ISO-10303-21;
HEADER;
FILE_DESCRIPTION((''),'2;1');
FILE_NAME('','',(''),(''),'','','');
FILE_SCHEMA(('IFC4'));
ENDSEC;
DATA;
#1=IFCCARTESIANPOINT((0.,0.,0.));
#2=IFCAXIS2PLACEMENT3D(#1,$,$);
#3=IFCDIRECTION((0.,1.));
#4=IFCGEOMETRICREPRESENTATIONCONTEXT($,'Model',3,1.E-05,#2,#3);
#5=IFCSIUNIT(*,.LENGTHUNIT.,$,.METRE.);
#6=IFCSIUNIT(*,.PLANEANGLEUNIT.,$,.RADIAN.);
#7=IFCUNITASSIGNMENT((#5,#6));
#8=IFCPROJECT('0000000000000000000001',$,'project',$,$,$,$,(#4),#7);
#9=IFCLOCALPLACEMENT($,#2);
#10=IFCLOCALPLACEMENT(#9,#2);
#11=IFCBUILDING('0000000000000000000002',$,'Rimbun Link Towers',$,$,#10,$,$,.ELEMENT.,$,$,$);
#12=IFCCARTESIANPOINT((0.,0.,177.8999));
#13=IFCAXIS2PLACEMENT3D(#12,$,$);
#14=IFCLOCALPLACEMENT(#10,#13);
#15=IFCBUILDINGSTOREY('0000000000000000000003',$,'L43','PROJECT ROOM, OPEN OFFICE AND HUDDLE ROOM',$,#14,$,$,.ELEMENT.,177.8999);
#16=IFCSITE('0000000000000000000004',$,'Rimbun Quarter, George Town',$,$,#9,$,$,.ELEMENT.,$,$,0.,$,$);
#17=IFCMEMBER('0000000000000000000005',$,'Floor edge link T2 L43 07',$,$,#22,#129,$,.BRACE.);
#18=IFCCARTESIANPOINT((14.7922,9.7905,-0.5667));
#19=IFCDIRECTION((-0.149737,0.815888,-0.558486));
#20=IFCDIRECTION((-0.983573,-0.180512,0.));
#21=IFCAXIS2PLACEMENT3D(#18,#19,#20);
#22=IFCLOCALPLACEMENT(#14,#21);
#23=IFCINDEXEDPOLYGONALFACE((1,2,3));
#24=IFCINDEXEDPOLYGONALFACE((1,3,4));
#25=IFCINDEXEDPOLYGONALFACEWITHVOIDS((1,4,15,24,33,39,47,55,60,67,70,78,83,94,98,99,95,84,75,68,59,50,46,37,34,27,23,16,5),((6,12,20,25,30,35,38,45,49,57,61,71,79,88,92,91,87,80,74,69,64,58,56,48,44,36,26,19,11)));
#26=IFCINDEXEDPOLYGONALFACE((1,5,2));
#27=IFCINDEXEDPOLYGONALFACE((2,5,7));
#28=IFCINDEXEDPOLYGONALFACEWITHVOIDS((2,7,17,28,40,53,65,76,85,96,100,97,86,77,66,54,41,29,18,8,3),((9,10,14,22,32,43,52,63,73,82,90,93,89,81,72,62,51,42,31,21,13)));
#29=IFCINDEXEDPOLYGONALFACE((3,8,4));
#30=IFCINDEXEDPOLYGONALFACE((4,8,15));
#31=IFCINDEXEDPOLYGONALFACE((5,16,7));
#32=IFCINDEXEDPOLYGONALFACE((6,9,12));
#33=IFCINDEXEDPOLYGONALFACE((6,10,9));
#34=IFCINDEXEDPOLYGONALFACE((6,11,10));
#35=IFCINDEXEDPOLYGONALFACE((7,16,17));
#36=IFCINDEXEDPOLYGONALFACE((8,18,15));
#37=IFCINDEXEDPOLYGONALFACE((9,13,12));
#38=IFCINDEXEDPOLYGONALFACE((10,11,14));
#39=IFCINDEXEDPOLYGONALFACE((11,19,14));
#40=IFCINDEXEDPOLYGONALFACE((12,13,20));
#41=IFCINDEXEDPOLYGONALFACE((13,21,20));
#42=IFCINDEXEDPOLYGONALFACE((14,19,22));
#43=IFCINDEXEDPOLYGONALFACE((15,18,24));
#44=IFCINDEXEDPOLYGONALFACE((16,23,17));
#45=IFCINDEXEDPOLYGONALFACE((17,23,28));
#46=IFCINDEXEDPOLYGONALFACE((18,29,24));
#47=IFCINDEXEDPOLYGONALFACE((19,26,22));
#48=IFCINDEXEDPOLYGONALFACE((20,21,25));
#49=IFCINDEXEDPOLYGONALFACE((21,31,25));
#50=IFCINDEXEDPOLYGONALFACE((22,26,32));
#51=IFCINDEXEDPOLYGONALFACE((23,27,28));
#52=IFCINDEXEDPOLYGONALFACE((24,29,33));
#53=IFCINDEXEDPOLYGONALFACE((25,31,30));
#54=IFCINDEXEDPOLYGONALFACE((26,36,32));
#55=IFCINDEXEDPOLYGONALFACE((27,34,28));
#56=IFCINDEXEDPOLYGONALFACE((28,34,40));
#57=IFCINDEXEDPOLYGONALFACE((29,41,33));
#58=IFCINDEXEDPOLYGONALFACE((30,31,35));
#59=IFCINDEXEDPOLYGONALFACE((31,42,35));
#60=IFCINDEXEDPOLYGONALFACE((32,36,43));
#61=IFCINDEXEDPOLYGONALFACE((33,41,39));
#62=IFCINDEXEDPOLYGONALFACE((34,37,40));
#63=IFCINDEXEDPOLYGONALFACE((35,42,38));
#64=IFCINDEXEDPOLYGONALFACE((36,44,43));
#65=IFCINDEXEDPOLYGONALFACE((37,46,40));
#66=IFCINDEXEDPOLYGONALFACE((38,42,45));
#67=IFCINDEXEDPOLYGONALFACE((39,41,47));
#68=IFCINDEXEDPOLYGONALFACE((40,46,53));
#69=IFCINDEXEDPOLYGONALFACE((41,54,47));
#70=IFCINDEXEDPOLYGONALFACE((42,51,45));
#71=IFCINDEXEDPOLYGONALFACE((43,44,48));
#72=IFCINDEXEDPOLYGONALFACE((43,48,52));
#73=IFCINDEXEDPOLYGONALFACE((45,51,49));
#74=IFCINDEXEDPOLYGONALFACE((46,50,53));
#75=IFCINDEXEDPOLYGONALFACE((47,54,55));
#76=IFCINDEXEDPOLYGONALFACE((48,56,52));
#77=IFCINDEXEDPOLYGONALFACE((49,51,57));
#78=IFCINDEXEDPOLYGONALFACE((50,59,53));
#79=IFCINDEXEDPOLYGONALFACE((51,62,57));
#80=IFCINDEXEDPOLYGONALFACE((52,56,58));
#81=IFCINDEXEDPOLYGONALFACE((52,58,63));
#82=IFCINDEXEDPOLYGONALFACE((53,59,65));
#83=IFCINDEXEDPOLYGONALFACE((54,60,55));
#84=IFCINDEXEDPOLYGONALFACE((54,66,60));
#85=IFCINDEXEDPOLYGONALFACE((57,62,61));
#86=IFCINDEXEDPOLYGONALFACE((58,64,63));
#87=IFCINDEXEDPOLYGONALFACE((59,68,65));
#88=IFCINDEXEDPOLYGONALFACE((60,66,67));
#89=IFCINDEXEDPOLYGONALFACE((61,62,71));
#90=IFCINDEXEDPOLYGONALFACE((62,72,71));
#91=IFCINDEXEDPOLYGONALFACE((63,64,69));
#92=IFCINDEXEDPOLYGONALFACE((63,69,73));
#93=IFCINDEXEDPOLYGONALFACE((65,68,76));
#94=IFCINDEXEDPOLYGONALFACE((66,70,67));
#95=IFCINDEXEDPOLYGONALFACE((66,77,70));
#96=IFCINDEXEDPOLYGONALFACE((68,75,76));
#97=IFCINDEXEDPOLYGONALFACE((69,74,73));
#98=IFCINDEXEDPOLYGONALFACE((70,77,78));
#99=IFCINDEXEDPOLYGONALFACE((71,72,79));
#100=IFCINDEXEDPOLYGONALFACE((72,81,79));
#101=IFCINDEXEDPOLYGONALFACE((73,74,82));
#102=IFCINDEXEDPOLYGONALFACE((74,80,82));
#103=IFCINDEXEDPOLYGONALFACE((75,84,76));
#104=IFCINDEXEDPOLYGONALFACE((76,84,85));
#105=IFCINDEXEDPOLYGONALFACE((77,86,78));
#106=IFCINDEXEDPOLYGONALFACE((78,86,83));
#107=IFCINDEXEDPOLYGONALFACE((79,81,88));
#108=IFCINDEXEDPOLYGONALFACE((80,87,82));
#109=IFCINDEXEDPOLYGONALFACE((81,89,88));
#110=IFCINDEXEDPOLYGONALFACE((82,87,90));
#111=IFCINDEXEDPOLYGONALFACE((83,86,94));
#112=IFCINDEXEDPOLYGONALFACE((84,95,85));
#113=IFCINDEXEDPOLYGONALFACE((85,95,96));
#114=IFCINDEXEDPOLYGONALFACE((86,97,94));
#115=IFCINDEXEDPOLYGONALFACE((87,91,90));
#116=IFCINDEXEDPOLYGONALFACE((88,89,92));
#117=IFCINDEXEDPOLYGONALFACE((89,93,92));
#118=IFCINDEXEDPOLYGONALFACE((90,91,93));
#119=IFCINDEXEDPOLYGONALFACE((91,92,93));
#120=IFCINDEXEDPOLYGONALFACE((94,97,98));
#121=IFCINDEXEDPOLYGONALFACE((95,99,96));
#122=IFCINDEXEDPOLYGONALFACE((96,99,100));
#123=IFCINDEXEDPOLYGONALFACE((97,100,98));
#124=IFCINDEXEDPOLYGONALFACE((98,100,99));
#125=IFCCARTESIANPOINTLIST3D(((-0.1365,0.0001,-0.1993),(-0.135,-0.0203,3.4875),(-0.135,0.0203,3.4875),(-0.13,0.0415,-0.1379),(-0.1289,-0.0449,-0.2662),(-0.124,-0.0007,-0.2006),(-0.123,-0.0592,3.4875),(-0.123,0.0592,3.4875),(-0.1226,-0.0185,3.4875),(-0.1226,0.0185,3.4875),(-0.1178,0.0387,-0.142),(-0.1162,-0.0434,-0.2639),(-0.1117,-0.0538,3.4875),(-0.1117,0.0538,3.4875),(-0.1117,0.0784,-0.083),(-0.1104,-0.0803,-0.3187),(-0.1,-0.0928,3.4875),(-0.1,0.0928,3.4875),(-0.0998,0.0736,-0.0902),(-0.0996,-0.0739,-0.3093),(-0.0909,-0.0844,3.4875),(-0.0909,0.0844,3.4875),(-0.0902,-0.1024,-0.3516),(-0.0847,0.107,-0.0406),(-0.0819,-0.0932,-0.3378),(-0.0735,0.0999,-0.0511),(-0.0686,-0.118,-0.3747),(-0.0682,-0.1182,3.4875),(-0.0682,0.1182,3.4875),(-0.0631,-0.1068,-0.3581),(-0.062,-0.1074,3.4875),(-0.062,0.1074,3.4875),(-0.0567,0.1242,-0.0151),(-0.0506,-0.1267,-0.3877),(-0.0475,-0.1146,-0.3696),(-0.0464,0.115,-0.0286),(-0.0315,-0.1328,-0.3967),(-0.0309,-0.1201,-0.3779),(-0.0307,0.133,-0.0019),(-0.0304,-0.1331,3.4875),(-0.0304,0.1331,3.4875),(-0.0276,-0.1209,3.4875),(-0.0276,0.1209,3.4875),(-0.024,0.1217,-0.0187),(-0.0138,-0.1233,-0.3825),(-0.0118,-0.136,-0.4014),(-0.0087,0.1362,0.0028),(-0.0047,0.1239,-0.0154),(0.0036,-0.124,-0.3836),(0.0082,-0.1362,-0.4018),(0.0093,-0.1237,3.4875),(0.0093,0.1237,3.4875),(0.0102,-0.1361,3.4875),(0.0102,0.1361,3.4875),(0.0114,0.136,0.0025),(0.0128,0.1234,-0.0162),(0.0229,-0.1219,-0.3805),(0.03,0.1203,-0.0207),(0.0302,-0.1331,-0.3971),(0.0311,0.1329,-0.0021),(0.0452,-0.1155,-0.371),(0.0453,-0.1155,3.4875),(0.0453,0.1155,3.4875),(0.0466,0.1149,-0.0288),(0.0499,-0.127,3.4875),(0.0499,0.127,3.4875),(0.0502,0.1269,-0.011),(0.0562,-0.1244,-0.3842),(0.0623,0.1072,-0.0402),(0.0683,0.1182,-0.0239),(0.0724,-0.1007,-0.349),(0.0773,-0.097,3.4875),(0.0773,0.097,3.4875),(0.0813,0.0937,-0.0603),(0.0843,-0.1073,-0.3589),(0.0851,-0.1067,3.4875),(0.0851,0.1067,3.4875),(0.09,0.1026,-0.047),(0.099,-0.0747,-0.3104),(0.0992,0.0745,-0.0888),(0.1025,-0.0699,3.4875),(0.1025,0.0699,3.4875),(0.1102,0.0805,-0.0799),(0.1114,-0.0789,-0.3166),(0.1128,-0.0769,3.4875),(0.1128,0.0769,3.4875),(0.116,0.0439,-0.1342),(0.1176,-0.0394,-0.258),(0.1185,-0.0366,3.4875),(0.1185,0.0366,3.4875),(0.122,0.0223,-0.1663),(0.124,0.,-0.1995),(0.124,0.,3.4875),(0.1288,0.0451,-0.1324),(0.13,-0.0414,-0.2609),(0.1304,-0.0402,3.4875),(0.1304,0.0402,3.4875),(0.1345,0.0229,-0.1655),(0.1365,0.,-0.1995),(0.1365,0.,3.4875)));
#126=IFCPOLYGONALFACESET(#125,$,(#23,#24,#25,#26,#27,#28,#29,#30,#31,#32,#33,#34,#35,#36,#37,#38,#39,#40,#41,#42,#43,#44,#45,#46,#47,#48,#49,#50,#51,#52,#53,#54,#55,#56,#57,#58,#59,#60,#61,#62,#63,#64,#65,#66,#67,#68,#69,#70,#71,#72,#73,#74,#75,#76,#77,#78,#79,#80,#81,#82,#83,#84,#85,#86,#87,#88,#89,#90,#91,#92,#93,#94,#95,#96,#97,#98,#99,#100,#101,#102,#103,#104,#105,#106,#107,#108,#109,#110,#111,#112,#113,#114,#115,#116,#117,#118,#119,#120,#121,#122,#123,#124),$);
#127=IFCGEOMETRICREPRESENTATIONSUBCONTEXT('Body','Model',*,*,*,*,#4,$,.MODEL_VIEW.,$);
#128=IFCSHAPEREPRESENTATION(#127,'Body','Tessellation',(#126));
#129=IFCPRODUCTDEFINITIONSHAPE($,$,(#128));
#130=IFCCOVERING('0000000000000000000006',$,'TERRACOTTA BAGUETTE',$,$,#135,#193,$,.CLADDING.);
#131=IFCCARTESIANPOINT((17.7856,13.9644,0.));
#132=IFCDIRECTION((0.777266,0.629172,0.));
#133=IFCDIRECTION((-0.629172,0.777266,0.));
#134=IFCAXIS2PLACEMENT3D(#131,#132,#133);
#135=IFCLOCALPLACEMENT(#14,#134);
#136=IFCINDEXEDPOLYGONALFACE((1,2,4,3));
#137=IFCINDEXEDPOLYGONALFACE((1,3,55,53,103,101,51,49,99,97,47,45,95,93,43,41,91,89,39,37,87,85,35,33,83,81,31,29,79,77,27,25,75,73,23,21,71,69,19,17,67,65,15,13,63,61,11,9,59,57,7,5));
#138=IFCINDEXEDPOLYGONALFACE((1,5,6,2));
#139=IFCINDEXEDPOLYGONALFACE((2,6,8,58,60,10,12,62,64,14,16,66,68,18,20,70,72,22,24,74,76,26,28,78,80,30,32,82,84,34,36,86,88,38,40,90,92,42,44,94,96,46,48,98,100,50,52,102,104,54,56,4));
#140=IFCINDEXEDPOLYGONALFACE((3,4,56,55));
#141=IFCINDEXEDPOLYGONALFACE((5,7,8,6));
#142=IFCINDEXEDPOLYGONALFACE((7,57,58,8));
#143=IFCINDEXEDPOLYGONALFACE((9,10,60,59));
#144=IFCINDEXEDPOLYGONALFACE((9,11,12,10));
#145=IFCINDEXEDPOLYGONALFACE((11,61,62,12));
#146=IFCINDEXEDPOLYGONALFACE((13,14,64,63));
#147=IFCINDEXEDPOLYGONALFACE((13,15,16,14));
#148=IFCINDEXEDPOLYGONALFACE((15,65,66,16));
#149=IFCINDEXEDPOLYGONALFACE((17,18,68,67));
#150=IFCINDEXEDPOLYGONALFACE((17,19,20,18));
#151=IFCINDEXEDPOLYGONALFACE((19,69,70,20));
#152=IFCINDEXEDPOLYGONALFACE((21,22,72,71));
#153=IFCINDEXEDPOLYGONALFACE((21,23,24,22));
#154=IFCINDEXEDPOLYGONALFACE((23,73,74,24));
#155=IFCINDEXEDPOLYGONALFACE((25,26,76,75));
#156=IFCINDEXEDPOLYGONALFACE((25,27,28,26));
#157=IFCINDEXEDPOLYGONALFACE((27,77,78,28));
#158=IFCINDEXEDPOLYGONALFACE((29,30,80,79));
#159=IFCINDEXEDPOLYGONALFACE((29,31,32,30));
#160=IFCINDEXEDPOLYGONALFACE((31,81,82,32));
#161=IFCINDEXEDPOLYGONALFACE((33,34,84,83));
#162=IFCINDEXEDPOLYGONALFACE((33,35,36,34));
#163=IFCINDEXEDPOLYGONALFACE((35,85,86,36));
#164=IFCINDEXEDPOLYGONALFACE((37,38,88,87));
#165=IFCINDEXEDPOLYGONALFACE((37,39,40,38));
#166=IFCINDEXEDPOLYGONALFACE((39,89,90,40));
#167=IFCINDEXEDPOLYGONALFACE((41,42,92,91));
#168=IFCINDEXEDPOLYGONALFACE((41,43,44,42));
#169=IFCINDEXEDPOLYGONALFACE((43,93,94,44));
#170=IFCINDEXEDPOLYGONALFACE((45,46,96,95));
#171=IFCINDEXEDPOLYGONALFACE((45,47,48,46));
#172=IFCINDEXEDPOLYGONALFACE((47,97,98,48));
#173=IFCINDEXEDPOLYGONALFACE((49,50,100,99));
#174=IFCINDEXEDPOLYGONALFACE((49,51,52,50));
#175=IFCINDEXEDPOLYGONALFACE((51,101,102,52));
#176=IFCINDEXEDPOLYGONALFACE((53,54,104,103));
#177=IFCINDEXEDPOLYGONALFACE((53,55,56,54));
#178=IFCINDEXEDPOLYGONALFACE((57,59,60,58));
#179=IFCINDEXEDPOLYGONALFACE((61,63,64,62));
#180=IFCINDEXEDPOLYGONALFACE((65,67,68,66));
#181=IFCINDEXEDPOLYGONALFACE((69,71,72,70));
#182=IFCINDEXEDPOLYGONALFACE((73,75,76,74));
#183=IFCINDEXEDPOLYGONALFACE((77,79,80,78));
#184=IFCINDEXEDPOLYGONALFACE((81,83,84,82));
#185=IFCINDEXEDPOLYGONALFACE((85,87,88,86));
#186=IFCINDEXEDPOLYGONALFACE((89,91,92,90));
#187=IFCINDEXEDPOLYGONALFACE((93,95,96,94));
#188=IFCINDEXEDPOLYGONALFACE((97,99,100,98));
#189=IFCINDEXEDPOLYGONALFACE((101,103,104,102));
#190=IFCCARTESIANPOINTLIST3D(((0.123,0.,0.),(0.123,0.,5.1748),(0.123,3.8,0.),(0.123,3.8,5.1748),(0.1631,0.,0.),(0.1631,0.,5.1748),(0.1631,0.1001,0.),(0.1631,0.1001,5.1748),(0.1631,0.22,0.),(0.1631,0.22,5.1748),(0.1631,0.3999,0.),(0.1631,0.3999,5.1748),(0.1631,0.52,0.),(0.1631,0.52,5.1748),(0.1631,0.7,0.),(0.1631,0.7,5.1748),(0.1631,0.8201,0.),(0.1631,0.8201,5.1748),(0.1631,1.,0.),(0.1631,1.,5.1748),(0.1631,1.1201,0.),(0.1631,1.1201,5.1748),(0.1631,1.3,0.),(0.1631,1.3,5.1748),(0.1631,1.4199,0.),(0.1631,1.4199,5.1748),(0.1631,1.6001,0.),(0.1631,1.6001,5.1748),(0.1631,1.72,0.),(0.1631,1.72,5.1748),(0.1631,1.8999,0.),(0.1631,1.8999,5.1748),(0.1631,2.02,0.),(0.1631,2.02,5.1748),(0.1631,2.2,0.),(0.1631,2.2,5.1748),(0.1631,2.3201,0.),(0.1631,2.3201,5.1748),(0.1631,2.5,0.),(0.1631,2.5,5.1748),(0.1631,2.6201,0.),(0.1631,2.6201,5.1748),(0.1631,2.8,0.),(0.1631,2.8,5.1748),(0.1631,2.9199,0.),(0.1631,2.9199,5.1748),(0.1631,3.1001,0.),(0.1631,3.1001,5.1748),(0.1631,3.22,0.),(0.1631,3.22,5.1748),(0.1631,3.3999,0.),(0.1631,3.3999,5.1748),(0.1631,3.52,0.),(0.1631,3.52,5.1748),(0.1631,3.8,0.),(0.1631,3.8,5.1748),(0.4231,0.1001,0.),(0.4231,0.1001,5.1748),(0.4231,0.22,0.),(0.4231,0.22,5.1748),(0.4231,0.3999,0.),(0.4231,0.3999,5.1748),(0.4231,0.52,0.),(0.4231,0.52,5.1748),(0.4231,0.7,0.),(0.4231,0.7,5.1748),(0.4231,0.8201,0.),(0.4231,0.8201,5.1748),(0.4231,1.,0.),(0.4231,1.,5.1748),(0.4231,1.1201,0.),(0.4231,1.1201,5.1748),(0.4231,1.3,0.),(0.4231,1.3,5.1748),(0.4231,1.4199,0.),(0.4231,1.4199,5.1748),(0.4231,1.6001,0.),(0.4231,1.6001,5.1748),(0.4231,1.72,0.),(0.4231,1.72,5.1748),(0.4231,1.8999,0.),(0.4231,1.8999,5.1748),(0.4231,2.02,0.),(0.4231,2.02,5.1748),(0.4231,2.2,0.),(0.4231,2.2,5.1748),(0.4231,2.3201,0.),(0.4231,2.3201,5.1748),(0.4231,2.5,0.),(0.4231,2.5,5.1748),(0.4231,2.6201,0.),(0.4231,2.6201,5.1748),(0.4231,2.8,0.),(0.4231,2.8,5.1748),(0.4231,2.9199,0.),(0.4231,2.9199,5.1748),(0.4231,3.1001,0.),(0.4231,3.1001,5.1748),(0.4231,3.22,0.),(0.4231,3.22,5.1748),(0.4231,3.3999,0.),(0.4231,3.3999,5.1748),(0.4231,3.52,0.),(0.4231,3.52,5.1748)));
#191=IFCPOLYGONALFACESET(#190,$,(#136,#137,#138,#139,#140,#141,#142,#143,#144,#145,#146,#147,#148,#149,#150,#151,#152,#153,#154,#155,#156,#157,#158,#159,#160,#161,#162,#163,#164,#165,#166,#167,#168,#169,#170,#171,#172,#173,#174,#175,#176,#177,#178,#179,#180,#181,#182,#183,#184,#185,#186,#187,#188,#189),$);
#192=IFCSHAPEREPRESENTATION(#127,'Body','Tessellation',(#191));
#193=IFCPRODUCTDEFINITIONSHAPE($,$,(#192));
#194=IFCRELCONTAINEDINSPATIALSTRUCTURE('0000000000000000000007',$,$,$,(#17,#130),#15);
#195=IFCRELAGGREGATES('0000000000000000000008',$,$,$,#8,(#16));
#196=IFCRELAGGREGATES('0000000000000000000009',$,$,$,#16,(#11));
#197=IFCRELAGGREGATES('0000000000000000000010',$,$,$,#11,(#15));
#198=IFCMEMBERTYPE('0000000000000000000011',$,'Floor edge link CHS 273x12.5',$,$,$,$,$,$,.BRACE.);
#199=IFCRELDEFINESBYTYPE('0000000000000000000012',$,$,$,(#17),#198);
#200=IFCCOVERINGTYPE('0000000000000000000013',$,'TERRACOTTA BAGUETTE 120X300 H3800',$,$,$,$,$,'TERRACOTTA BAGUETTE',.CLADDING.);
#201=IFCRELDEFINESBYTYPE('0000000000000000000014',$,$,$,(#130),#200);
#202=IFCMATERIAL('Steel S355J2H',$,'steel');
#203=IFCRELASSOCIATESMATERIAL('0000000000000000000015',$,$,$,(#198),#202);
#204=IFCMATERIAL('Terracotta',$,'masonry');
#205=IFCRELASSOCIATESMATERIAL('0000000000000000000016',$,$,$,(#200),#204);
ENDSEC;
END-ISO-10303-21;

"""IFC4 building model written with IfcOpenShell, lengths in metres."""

from ifc_helpers import new_model, si_unit, direction, frame, origin, origin_2d, place, context, subcontext, project, spatial, polyline, hollow_circle, outline, extrude, clip, halfspace, material, material_profile, profile_set, type_object, element, save


model = new_model("IFC4")

# Units and contexts
model_context = context("Model", 3, precision=1e-05, world=origin(), true_north=direction((0.0, 1.0)))
body_context = subcontext(model_context, "Body", "Model", "MODEL_VIEW")
ifc_project = project(units=[si_unit("LENGTHUNIT", "METRE"), si_unit("PLANEANGLEUNIT", "RADIAN")], contexts=[model_context])

# Site, building, storey
site_placement = place(None, origin())
site = spatial("IfcSite", under=ifc_project, at=site_placement, Name="Rimbun Quarter, George Town", CompositionType="ELEMENT", RefElevation=0.0)
building_placement = place(site_placement, origin())
building = spatial("IfcBuilding", under=site, at=building_placement, Name="Rimbun Link Towers", CompositionType="ELEMENT")
storey_placement = place(building_placement, frame((0.0, 0.0, 177.8999)))
storey = spatial("IfcBuildingStorey", under=building, at=storey_placement, Name="L43", Description="PROJECT ROOM, OPEN OFFICE AND HUDDLE ROOM", CompositionType="ELEMENT", Elevation=177.8999)

# Member
ifc_material_1 = material(Name="Steel S355J2H", Category="steel")
ifc_material_profile_1 = material_profile(ifc_material_1, hollow_circle(Radius=0.1365, WallThickness=0.0125, at=origin_2d()), Name="CHS 273x12.5")
ifc_profile_set_1 = profile_set([ifc_material_profile_1], Name="Steel S355J2H")
member_type_1 = type_object("IfcMemberType", Name="Floor edge link CHS 273x12.5", PredefinedType="BRACE", material=ifc_profile_set_1)
member_1_placement = place(storey_placement, frame((14.7922, 9.7905, -0.5667), z_axis=(-0.149737, 0.815888, -0.558486), x_axis=(-0.983573, -0.180512, 0.0)))
element("IfcMember", 1, at=member_1_placement, inside=storey, type_object=member_type_1, Name="Floor edge link T2 L43 07", PredefinedType="BRACE", context=body_context, shape_type="Clipping", body=[
    clip(extrude(hollow_circle(Radius=0.1365, WallThickness=0.0125, at=origin_2d()), frame((0.0, 0.0, -0.4233)), (0.0, 0.0, 1.0), 3.9109), halfspace(frame((0.0, 0.0, -0.1995), z_axis=(0.0, 0.829514, -0.558486)), False)),
])

# Covering
ifc_material_2 = material(Name="Terracotta", Category="masonry")
ifc_material_profile_2 = material_profile(ifc_material_2, outline(polyline([(0.123, 0.0), (0.1631, 0.0), (0.1631, 0.1001), (0.4231, 0.1001), (0.4231, 0.22), (0.1631, 0.22), (0.1631, 0.3999), (0.4231, 0.3999), (0.4231, 0.52), (0.1631, 0.52), (0.1631, 0.7), (0.4231, 0.7), (0.4231, 0.8201), (0.1631, 0.8201), (0.1631, 1.0), (0.4231, 1.0), (0.4231, 1.1201), (0.1631, 1.1201), (0.1631, 1.3), (0.4231, 1.3), (0.4231, 1.4199), (0.1631, 1.4199), (0.1631, 1.6001), (0.4231, 1.6001), (0.4231, 1.72), (0.1631, 1.72), (0.1631, 1.8999), (0.4231, 1.8999), (0.4231, 2.02), (0.1631, 2.02), (0.1631, 2.2), (0.4231, 2.2), (0.4231, 2.3201), (0.1631, 2.3201), (0.1631, 2.5), (0.4231, 2.5), (0.4231, 2.6201), (0.1631, 2.6201), (0.1631, 2.8), (0.4231, 2.8), (0.4231, 2.9199), (0.1631, 2.9199), (0.1631, 3.1001), (0.4231, 3.1001), (0.4231, 3.22), (0.1631, 3.22), (0.1631, 3.3999), (0.4231, 3.3999), (0.4231, 3.52), (0.1631, 3.52), (0.1631, 3.8), (0.123, 3.8), (0.123, 0.0)])), Name="BAGUETTE 120X300")
ifc_profile_set_2 = profile_set([ifc_material_profile_2], Name="Terracotta")
covering_type = type_object("IfcCoveringType", Name="TERRACOTTA BAGUETTE 120X300 H3800", ElementType="TERRACOTTA BAGUETTE", PredefinedType="CLADDING", material=ifc_profile_set_2)
for number, where, z_axis, x_axis, name in (
    (2, (17.7856, 13.9644, 0.0), (0.777266, 0.629172, 0.0), (-0.629172, 0.777266, 0.0), "TERRACOTTA BAGUETTE"),
):
    element("IfcCovering", number, at=place(storey_placement, frame(where, z_axis=z_axis, x_axis=x_axis)), inside=storey, type_object=covering_type, Name=name, PredefinedType="CLADDING", context=body_context, shape_type="SweptSolid", body=[
        extrude(outline(polyline([(0.123, 0.0), (0.1631, 0.0), (0.1631, 0.1001), (0.4231, 0.1001), (0.4231, 0.22), (0.1631, 0.22), (0.1631, 0.3999), (0.4231, 0.3999), (0.4231, 0.52), (0.1631, 0.52), (0.1631, 0.7), (0.4231, 0.7), (0.4231, 0.8201), (0.1631, 0.8201), (0.1631, 1.0), (0.4231, 1.0), (0.4231, 1.1201), (0.1631, 1.1201), (0.1631, 1.3), (0.4231, 1.3), (0.4231, 1.4199), (0.1631, 1.4199), (0.1631, 1.6001), (0.4231, 1.6001), (0.4231, 1.72), (0.1631, 1.72), (0.1631, 1.8999), (0.4231, 1.8999), (0.4231, 2.02), (0.1631, 2.02), (0.1631, 2.2), (0.4231, 2.2), (0.4231, 2.3201), (0.1631, 2.3201), (0.1631, 2.5), (0.4231, 2.5), (0.4231, 2.6201), (0.1631, 2.6201), (0.1631, 2.8), (0.4231, 2.8), (0.4231, 2.9199), (0.1631, 2.9199), (0.1631, 3.1001), (0.4231, 3.1001), (0.4231, 3.22), (0.1631, 3.22), (0.1631, 3.3999), (0.4231, 3.3999), (0.4231, 3.52), (0.1631, 3.52), (0.1631, 3.8), (0.123, 3.8), (0.123, 0.0)])), origin(), (0.0, 0.0, 1.0), 5.1748),
    ])

save(model, "model.ifc")
